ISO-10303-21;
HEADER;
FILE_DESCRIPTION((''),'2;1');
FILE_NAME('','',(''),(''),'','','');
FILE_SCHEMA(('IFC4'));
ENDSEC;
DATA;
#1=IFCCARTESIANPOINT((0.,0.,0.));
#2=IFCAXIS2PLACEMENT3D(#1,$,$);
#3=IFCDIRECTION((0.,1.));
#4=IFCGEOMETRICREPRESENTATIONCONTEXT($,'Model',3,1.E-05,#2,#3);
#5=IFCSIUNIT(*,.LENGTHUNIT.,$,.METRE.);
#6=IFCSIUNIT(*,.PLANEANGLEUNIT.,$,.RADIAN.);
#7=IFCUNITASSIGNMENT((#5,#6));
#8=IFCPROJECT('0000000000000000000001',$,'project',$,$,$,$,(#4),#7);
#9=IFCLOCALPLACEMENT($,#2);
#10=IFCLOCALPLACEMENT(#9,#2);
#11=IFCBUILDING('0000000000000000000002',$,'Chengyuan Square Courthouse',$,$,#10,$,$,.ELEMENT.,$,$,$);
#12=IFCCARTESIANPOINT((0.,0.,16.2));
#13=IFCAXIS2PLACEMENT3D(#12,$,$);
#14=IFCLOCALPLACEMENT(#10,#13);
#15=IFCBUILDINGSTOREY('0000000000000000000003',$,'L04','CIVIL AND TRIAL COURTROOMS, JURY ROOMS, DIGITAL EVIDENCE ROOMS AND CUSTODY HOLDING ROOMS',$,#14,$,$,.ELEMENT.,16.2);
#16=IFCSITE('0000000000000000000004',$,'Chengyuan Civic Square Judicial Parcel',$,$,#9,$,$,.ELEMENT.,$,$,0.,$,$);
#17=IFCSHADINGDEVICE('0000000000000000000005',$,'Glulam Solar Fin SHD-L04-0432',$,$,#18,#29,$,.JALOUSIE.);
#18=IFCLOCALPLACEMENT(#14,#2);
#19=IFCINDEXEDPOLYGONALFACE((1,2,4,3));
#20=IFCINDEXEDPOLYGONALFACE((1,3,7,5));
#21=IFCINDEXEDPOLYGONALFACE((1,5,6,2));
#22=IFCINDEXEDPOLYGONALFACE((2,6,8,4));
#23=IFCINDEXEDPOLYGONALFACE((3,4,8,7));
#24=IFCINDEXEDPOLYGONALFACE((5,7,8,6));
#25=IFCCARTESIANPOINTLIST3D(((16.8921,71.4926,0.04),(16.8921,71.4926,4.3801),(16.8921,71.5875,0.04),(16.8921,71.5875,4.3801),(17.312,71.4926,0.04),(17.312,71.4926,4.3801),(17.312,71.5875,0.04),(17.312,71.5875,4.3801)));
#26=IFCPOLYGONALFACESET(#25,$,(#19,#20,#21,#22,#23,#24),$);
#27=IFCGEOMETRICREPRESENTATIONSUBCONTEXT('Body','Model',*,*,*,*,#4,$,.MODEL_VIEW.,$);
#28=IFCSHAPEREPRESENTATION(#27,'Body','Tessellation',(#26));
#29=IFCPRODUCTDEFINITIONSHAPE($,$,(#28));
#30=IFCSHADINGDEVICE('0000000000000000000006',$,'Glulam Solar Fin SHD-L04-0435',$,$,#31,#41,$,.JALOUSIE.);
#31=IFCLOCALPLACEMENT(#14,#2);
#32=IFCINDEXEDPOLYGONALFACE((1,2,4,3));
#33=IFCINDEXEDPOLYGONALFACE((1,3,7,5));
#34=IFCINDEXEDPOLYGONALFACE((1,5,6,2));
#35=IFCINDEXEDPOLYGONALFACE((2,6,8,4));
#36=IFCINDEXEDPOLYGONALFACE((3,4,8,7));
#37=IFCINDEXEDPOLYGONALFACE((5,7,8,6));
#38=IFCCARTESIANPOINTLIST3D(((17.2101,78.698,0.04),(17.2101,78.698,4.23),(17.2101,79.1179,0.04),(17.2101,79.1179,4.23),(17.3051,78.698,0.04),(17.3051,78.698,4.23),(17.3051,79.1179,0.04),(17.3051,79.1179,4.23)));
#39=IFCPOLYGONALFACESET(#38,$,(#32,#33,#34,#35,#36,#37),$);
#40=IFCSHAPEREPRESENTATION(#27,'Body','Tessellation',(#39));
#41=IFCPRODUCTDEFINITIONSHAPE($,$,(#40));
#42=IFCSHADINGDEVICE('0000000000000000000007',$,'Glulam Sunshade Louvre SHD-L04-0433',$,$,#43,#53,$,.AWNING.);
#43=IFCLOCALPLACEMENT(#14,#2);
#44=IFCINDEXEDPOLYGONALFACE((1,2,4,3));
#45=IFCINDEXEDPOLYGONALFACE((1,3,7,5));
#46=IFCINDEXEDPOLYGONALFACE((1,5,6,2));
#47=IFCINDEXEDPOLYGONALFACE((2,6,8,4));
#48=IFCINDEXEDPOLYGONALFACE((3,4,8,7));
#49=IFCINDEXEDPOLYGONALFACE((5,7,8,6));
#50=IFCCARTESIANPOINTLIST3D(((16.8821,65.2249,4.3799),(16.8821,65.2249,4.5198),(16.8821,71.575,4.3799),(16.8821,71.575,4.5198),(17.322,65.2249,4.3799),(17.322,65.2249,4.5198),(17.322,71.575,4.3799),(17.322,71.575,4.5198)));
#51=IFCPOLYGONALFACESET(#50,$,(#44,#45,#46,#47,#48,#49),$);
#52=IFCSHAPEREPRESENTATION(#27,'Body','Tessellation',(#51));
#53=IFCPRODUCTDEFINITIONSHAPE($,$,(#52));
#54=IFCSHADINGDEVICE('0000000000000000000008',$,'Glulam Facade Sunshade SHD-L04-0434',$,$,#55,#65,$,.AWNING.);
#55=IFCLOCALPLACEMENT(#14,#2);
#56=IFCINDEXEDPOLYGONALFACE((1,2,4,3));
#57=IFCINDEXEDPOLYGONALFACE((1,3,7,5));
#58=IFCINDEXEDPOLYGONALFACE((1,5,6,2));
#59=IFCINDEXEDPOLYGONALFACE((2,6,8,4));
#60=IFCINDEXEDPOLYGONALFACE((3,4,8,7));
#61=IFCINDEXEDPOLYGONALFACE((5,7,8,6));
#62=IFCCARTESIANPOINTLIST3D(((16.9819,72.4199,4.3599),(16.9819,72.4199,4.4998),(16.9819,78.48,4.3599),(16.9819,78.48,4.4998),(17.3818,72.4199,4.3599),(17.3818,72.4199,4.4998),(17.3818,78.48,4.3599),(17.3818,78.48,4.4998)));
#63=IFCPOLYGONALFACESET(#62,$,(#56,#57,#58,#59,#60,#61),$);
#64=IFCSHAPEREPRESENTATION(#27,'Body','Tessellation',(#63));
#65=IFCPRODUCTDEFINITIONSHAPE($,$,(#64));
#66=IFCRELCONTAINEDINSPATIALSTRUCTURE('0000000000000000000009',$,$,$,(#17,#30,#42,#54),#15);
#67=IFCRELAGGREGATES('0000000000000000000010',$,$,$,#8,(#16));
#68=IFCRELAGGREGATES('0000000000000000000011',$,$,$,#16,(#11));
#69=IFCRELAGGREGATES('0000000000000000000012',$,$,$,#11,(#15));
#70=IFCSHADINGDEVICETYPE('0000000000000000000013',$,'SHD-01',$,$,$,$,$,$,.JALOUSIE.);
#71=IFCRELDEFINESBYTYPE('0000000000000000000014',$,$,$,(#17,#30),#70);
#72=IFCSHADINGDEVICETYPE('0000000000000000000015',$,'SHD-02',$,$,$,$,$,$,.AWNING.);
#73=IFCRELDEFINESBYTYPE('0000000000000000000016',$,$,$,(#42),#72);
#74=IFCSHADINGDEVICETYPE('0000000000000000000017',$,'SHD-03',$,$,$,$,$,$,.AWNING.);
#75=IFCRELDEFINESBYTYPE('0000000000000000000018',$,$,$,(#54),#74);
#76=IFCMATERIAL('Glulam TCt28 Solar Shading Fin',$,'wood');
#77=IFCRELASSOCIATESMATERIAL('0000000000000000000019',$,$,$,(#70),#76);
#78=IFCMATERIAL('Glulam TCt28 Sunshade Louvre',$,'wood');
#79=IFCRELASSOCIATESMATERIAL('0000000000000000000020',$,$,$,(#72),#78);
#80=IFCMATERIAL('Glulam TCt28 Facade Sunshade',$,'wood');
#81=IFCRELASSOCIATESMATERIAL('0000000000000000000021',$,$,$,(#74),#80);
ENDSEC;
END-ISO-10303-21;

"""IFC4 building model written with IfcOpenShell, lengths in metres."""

from ifc_helpers import new_model, si_unit, direction, frame, origin, origin_2d, place, context, subcontext, project, spatial, rectangle, extrude, material, type_object, element, save


model = new_model("IFC4")

# Units and contexts
model_context = context("Model", 3, precision=1e-05, world=origin(), true_north=direction((0.0, 1.0)))
body_context = subcontext(model_context, "Body", "Model", "MODEL_VIEW")
ifc_project = project(units=[si_unit("LENGTHUNIT", "METRE"), si_unit("PLANEANGLEUNIT", "RADIAN")], contexts=[model_context])

# Site, building, storey
site_placement = place(None, origin())
site = spatial("IfcSite", under=ifc_project, at=site_placement, Name="Chengyuan Civic Square Judicial Parcel", CompositionType="ELEMENT", RefElevation=0.0)
building_placement = place(site_placement, origin())
building = spatial("IfcBuilding", under=site, at=building_placement, Name="Chengyuan Square Courthouse", CompositionType="ELEMENT")
storey_placement = place(building_placement, frame((0.0, 0.0, 16.2)))
storey = spatial("IfcBuildingStorey", under=building, at=storey_placement, Name="L04", Description="CIVIL AND TRIAL COURTROOMS, JURY ROOMS, DIGITAL EVIDENCE ROOMS AND CUSTODY HOLDING ROOMS", CompositionType="ELEMENT", Elevation=16.2)

# Shading devices
ifc_material_1 = material(Name="Glulam TCt28 Solar Shading Fin", Category="wood")
shading_device_type_1 = type_object("IfcShadingDeviceType", Name="SHD-01", PredefinedType="JALOUSIE", material=ifc_material_1)
shading_device_1_placement = place(storey_placement, frame((17.1021, 71.54, 0.04), z_axis=(0.0, 0.0, 1.0), x_axis=(1.0, 0.0, 0.0)))
element("IfcShadingDevice", 1, at=shading_device_1_placement, inside=storey, type_object=shading_device_type_1, Name="Glulam Solar Fin SHD-L04-0432", PredefinedType="JALOUSIE", context=body_context, shape_type="SweptSolid", body=[
    extrude(rectangle(XDim=0.4199, YDim=0.095, at=origin_2d()), origin(), (0.0, 0.0, 1.0), 4.3401),
])
shading_device_2_placement = place(storey_placement, frame((17.2576, 78.908, 0.04), z_axis=(0.0, 0.0, 1.0), x_axis=(0.0, 1.0, 0.0)))
element("IfcShadingDevice", 2, at=shading_device_2_placement, inside=storey, type_object=shading_device_type_1, Name="Glulam Solar Fin SHD-L04-0435", PredefinedType="JALOUSIE", context=body_context, shape_type="SweptSolid", body=[
    extrude(rectangle(XDim=0.4199, YDim=0.095, at=origin_2d()), origin(), (0.0, 0.0, 1.0), 4.1899),
])
ifc_material_2 = material(Name="Glulam TCt28 Sunshade Louvre", Category="wood")
shading_device_type_2 = type_object("IfcShadingDeviceType", Name="SHD-02", PredefinedType="AWNING", material=ifc_material_2)
shading_device_3_placement = place(storey_placement, frame((17.1021, 68.3999, 4.3799), z_axis=(0.0, 0.0, 1.0), x_axis=(0.0, 1.0, 0.0)))
element("IfcShadingDevice", 3, at=shading_device_3_placement, inside=storey, type_object=shading_device_type_2, Name="Glulam Sunshade Louvre SHD-L04-0433", PredefinedType="AWNING", context=body_context, shape_type="SweptSolid", body=[
    extrude(rectangle(XDim=6.3501, YDim=0.4399, at=origin_2d()), origin(), (0.0, 0.0, 1.0), 0.1399),
])
ifc_material_3 = material(Name="Glulam TCt28 Facade Sunshade", Category="wood")
shading_device_type_3 = type_object("IfcShadingDeviceType", Name="SHD-03", PredefinedType="AWNING", material=ifc_material_3)
shading_device_4_placement = place(storey_placement, frame((17.1819, 75.45, 4.3599), z_axis=(0.0, 0.0, 1.0), x_axis=(0.0, 1.0, 0.0)))
element("IfcShadingDevice", 4, at=shading_device_4_placement, inside=storey, type_object=shading_device_type_3, Name="Glulam Facade Sunshade SHD-L04-0434", PredefinedType="AWNING", context=body_context, shape_type="SweptSolid", body=[
    extrude(rectangle(XDim=6.0601, YDim=0.3999, at=origin_2d()), origin(), (0.0, 0.0, 1.0), 0.1399),
])

save(model, "model.ifc")
